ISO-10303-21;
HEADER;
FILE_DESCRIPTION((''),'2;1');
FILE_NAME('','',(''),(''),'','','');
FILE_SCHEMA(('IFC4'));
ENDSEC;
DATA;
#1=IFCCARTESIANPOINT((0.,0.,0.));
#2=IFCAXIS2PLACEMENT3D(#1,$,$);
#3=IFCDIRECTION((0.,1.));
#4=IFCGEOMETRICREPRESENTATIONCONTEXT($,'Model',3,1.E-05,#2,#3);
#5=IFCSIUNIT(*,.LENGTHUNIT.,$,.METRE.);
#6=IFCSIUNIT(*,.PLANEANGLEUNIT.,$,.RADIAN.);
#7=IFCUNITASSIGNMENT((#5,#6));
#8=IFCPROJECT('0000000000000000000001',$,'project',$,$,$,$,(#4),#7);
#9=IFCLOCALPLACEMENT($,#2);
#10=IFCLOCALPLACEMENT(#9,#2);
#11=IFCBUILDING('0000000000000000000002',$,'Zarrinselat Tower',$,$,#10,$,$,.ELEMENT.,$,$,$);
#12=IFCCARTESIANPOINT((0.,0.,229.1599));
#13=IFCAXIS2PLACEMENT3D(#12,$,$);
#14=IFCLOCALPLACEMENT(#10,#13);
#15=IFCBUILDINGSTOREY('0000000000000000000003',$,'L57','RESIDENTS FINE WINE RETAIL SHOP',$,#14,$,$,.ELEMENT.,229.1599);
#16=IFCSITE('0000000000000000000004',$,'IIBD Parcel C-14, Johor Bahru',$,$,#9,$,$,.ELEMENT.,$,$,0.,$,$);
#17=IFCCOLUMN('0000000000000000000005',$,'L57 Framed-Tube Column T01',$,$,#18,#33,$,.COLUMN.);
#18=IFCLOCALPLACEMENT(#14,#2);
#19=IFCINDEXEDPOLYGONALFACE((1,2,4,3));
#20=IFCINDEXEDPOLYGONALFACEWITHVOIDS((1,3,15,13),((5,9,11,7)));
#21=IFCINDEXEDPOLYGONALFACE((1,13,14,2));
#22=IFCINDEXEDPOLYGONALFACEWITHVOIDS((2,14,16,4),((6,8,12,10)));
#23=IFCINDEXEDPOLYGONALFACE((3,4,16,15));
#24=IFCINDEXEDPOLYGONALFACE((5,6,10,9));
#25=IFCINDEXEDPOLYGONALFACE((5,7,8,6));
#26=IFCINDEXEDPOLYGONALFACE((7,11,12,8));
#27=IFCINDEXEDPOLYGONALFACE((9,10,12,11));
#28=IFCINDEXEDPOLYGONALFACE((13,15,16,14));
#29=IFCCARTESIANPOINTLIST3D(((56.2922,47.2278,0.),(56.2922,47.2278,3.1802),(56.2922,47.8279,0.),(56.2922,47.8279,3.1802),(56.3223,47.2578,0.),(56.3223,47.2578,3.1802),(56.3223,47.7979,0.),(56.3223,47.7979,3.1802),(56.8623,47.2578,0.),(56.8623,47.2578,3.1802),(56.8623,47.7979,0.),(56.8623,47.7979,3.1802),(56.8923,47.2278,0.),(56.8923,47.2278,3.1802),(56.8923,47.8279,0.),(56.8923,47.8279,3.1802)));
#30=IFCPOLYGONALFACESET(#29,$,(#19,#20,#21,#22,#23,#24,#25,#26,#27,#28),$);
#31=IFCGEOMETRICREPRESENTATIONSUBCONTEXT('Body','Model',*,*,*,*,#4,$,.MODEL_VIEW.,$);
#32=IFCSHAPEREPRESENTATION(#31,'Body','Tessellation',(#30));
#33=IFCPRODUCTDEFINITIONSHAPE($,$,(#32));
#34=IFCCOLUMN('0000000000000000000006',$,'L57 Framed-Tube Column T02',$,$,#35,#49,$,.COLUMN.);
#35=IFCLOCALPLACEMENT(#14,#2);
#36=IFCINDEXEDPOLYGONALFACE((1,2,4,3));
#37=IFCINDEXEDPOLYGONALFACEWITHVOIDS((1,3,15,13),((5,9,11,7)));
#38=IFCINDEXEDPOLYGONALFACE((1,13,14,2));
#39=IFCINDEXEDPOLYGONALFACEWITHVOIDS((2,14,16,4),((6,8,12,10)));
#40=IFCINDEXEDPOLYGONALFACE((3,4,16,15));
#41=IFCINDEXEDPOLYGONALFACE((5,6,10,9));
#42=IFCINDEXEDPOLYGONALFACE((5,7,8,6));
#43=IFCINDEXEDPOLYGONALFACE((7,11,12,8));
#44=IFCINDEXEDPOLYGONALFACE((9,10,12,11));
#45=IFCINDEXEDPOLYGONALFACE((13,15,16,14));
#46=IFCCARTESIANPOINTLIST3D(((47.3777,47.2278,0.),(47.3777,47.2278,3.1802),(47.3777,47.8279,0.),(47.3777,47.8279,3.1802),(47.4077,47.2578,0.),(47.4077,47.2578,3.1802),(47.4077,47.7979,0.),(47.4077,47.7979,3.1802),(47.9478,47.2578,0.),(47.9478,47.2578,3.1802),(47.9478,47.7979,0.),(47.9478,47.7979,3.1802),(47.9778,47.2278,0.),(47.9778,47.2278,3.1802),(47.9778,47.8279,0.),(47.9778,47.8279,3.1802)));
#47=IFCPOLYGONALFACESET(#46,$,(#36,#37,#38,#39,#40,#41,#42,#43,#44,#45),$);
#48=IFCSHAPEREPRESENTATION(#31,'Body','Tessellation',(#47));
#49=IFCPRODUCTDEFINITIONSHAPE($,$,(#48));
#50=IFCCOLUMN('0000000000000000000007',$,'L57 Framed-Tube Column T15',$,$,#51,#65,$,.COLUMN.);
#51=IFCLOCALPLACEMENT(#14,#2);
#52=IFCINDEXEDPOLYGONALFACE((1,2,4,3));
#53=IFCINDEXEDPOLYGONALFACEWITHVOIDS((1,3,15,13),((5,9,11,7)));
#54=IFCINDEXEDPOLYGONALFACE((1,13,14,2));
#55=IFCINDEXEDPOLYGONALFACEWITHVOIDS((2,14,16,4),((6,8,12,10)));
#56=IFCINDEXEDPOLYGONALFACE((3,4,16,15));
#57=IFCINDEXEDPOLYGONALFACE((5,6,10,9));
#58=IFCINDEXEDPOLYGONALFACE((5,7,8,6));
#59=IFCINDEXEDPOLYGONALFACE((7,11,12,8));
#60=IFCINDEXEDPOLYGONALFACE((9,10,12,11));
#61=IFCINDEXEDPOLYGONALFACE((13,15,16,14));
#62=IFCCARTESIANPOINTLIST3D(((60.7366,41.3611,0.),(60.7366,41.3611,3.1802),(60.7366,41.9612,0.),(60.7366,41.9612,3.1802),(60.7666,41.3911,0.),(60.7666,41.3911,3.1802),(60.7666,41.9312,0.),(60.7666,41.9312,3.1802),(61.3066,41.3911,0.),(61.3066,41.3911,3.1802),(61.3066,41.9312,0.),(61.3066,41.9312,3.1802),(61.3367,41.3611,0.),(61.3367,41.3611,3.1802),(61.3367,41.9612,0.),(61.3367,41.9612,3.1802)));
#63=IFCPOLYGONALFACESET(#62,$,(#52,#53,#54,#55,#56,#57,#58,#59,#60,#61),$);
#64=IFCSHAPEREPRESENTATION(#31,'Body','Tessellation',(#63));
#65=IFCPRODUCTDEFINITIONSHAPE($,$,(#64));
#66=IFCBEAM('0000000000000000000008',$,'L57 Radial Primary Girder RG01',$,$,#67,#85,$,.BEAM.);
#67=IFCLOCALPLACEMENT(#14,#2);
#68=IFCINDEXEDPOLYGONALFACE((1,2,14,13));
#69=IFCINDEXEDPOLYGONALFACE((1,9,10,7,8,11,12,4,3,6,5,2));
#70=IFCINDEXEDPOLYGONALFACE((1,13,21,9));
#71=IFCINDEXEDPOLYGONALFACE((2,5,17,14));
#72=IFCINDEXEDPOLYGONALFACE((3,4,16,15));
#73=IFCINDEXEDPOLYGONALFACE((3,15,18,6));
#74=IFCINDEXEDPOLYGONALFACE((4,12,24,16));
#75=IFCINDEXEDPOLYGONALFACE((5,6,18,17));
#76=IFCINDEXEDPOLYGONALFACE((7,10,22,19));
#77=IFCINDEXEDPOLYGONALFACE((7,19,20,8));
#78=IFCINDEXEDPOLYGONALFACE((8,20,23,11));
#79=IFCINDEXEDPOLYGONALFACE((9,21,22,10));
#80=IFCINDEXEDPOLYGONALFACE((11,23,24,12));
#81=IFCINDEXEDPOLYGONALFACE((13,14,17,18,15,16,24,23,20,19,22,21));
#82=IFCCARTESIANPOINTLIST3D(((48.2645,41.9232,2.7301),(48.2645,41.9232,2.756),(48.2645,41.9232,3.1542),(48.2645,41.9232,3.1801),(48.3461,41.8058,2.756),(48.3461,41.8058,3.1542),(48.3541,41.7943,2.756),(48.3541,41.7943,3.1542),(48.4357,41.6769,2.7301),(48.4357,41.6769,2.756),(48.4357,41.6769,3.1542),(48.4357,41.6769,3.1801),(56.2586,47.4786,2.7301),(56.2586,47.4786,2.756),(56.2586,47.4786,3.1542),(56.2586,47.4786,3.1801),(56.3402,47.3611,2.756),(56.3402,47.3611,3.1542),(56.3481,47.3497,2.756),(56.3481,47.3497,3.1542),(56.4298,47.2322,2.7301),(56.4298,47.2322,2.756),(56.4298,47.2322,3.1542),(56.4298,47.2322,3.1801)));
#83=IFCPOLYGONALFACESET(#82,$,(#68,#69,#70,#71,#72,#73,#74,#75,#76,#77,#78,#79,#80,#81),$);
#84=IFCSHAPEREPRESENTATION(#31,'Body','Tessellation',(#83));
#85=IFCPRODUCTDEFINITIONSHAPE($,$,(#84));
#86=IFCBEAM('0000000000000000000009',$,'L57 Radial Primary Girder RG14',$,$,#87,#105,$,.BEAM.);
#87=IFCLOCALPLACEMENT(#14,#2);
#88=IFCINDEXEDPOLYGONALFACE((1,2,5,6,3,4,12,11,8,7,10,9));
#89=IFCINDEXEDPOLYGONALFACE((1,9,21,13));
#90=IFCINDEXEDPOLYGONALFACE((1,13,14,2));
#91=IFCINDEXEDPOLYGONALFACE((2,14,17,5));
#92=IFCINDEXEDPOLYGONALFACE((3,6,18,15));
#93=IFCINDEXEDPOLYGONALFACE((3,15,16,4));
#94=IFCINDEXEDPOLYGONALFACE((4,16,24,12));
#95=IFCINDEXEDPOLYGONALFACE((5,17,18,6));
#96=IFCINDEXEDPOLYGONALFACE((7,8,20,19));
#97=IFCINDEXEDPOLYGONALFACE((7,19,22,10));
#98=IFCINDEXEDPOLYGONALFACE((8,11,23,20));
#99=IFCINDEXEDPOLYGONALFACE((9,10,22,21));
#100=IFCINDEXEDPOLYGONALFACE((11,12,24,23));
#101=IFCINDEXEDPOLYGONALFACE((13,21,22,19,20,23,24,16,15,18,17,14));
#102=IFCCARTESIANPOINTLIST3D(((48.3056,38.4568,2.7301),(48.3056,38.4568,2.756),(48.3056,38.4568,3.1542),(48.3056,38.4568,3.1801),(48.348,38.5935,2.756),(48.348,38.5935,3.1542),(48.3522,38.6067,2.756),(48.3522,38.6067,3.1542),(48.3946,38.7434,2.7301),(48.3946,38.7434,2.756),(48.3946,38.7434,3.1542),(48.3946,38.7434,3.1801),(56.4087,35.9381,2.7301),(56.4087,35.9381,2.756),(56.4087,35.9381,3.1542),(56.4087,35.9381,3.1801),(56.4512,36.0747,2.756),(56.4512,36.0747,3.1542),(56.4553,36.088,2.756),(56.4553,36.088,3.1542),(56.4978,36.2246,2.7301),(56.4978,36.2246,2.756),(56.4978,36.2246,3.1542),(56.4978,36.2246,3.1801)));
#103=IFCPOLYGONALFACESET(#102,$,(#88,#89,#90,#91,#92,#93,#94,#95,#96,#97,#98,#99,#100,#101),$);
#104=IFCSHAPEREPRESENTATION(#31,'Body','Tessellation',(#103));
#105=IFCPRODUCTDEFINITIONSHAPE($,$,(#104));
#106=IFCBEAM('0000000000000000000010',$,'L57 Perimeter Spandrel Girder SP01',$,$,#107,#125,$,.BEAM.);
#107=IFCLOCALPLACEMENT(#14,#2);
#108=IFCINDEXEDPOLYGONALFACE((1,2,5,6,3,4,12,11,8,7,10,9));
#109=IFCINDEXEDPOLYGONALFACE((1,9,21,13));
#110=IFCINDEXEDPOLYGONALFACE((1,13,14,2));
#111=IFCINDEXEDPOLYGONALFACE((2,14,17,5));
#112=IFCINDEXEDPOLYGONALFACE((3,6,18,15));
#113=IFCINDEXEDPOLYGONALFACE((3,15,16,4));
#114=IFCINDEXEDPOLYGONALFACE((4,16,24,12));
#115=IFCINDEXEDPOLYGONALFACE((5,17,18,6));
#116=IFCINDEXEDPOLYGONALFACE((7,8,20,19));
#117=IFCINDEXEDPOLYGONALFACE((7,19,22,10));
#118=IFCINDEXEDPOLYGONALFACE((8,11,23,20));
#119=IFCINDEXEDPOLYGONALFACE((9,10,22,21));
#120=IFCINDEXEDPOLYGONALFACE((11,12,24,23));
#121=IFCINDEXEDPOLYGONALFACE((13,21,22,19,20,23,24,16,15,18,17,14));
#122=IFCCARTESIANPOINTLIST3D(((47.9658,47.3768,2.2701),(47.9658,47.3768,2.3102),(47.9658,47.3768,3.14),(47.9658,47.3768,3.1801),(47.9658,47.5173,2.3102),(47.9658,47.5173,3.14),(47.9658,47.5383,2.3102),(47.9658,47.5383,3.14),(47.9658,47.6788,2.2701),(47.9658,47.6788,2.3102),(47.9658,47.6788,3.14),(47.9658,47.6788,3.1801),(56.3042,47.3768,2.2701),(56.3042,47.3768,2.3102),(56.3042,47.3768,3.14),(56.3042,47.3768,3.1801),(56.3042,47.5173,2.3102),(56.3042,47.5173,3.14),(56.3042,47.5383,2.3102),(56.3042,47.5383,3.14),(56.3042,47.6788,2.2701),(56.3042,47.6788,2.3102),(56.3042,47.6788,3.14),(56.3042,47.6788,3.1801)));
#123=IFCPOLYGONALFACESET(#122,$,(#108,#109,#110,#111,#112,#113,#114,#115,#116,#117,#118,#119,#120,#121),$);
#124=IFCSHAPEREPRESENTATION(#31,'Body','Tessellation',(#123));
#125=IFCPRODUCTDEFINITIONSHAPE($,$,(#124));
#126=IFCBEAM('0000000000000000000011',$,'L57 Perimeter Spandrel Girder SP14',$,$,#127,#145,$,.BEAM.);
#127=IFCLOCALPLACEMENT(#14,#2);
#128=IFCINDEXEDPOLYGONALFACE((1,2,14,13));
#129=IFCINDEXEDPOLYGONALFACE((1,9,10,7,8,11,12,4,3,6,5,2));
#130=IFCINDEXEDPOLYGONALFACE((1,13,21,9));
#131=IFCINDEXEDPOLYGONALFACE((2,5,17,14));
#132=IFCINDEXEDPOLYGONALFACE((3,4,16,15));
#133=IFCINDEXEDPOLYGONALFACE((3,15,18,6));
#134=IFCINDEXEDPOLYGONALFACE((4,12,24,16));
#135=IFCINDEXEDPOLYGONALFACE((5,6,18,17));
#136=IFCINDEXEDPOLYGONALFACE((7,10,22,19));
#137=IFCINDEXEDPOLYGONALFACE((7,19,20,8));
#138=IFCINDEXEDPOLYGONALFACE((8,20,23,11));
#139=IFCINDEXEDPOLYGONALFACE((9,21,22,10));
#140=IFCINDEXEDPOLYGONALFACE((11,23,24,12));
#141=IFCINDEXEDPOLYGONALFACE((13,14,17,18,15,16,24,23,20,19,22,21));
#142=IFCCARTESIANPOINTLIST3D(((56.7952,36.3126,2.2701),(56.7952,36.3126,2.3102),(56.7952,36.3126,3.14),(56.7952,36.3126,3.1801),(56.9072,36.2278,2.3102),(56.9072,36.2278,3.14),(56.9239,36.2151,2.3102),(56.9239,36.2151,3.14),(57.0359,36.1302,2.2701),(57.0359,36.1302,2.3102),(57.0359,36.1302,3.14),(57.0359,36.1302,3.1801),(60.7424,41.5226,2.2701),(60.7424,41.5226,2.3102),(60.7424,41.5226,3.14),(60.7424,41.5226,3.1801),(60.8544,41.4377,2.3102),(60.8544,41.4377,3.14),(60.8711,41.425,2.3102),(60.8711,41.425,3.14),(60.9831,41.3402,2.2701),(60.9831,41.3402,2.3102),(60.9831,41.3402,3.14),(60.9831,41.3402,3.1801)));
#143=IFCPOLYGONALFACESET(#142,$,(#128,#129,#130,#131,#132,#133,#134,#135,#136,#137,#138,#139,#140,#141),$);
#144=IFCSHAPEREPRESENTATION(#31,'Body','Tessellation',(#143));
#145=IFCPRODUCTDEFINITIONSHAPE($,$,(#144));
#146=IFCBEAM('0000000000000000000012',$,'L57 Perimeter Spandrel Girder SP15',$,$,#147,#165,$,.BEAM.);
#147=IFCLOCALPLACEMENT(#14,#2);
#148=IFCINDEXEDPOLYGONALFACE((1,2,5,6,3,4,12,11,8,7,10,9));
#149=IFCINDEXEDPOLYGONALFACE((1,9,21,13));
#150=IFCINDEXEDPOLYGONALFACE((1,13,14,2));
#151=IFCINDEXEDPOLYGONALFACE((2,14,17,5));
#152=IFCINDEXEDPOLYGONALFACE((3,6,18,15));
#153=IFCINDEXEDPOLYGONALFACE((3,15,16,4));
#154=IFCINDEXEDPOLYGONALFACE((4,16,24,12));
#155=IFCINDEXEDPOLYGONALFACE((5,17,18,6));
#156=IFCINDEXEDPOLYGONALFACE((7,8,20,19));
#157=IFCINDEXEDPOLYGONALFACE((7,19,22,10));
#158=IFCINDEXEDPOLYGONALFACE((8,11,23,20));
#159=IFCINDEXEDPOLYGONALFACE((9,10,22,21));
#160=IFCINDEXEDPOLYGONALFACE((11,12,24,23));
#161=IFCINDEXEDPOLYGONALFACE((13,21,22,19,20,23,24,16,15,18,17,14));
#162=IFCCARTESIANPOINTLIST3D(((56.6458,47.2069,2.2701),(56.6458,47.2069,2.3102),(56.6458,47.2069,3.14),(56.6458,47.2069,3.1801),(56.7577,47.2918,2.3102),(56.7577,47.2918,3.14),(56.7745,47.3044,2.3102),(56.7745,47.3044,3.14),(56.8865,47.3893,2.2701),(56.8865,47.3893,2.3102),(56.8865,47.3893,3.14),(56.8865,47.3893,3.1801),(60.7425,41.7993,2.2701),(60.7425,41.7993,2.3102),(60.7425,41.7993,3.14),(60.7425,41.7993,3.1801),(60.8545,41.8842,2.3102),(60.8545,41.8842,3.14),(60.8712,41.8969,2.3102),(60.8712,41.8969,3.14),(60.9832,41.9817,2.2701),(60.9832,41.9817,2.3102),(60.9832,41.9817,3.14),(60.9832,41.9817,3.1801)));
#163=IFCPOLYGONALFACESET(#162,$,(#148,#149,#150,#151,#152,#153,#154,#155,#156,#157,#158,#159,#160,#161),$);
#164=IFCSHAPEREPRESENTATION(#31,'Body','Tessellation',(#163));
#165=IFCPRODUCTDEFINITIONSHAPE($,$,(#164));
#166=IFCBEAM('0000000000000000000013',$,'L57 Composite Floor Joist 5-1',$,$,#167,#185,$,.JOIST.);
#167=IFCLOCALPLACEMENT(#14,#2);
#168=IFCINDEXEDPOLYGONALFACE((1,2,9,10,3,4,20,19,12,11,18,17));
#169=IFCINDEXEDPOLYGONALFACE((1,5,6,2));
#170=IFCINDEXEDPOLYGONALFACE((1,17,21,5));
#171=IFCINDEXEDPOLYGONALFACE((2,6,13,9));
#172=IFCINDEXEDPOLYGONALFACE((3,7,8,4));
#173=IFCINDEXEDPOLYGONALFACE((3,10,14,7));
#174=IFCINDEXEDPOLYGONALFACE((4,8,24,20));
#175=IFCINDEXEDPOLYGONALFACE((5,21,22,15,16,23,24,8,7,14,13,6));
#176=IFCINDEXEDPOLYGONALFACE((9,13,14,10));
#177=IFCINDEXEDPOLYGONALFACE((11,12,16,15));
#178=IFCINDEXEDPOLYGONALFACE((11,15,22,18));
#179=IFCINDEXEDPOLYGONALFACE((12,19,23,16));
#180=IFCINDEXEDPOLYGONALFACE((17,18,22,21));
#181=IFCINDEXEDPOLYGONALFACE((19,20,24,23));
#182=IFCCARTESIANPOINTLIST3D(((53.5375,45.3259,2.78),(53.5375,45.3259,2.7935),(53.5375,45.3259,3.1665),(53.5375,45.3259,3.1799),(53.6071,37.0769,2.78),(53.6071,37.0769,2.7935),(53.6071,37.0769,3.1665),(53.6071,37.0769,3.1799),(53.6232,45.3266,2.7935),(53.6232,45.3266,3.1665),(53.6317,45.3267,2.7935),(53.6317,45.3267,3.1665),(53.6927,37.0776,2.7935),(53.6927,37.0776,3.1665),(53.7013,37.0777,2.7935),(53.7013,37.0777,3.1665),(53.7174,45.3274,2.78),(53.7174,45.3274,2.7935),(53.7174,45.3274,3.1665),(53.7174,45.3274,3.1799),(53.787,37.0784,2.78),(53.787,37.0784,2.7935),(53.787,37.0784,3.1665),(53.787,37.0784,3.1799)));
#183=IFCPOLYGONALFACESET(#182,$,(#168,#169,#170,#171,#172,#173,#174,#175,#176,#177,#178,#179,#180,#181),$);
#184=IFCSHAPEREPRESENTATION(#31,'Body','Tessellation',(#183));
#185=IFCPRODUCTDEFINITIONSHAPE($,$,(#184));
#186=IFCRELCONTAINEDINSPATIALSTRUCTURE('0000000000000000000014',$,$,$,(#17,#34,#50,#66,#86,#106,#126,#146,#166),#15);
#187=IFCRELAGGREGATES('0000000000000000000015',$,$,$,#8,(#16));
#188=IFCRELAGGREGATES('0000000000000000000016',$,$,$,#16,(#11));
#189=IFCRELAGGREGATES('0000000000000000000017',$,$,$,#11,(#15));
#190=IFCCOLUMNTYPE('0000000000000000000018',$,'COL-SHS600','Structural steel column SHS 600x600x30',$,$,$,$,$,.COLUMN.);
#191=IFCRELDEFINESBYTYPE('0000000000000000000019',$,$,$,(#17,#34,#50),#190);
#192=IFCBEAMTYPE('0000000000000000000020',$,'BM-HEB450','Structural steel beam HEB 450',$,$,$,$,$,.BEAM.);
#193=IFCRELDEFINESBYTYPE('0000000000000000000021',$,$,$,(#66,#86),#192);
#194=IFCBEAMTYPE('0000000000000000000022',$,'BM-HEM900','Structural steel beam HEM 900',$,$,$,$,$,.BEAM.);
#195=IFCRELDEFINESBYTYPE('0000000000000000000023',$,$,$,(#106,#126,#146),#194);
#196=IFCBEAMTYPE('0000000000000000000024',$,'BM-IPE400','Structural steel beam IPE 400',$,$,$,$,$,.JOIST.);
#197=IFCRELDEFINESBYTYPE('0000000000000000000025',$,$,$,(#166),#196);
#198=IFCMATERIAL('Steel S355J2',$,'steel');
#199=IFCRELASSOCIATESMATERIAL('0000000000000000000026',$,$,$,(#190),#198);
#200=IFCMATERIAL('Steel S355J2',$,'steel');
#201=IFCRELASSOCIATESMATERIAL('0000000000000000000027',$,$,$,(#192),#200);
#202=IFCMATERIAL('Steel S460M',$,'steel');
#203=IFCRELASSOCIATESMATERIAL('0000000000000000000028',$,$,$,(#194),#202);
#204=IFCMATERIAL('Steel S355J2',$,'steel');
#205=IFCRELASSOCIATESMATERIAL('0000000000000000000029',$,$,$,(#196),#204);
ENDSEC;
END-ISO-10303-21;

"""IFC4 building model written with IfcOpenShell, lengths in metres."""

from ifc_helpers import new_model, si_unit, direction, frame, origin, origin_2d, place, context, subcontext, project, spatial, hollow_rectangle, i_section, extrude, material, material_profile, profile_set, type_object, element, save


model = new_model("IFC4")

# Units and contexts
model_context = context("Model", 3, precision=1e-05, world=origin(), true_north=direction((0.0, 1.0)))
body_context = subcontext(model_context, "Body", "Model", "MODEL_VIEW")
ifc_project = project(units=[si_unit("LENGTHUNIT", "METRE"), si_unit("PLANEANGLEUNIT", "RADIAN")], contexts=[model_context])

# Site, building, storey
site_placement = place(None, origin())
site = spatial("IfcSite", under=ifc_project, at=site_placement, Name="IIBD Parcel C-14, Johor Bahru", CompositionType="ELEMENT", RefElevation=0.0)
building_placement = place(site_placement, origin())
building = spatial("IfcBuilding", under=site, at=building_placement, Name="Zarrinselat Tower", CompositionType="ELEMENT")
storey_placement = place(building_placement, frame((0.0, 0.0, 229.1599)))
storey = spatial("IfcBuildingStorey", under=building, at=storey_placement, Name="L57", Description="RESIDENTS FINE WINE RETAIL SHOP", CompositionType="ELEMENT", Elevation=229.1599)

# Columns
ifc_material_1 = material(Name="Steel S355J2", Category="steel")
ifc_material_profile_1 = material_profile(ifc_material_1, hollow_rectangle(XDim=0.6001, YDim=0.6001, WallThickness=0.03, at=origin_2d()), Name="SHS 600x600x30")
ifc_profile_set_1 = profile_set([ifc_material_profile_1], Name="Steel S355J2")
column_type = type_object("IfcColumnType", Name="COL-SHS600", Description="Structural steel column SHS 600x600x30", PredefinedType="COLUMN", material=ifc_profile_set_1)
for number, where, z_axis, x_axis, name in (
    (1, (56.5923, 47.5278, 0.0), (0.0, 0.0, 1.0), (1.0, 0.0, 0.0), "L57 Framed-Tube Column T01"),
    (2, (47.6777, 47.5278, 0.0), (0.0, 0.0, 1.0), (1.0, 0.0, 0.0), "L57 Framed-Tube Column T02"),
    (3, (61.0366, 41.6611, 0.0), (0.0, 0.0, 1.0), (1.0, 0.0, 0.0), "L57 Framed-Tube Column T15"),
):
    element("IfcColumn", number, at=place(storey_placement, frame(where, z_axis=z_axis, x_axis=x_axis)), inside=storey, type_object=column_type, Name=name, PredefinedType="COLUMN", context=body_context, shape_type="SweptSolid", body=[
        extrude(hollow_rectangle(XDim=0.6001, YDim=0.6001, WallThickness=0.03, at=origin_2d()), origin(), (0.0, 0.0, 1.0), 3.1802),
    ])

# Beams
ifc_material_2 = material(Name="Steel S355J2", Category="steel")
ifc_material_profile_2 = material_profile(ifc_material_2, i_section(OverallWidth=0.3, OverallDepth=0.45, WebThickness=0.0139, FlangeThickness=0.0259, at=origin_2d()), Name="HEB 450")
ifc_profile_set_2 = profile_set([ifc_material_profile_2], Name="Steel S355J2")
beam_type_1 = type_object("IfcBeamType", Name="BM-HEB450", Description="Structural steel beam HEB 450", PredefinedType="BEAM", material=ifc_profile_set_2)
beam_1_placement = place(storey_placement, frame((48.3501, 41.8, 2.9551), z_axis=(0.821181, 0.570668, 0.0), x_axis=(-0.570668, 0.821181, 0.0)))
element("IfcBeam", 4, at=beam_1_placement, inside=storey, type_object=beam_type_1, Name="L57 Radial Primary Girder RG01", PredefinedType="BEAM", context=body_context, shape_type="SweptSolid", body=[
    extrude(i_section(OverallWidth=0.3, OverallDepth=0.45, WebThickness=0.0139, FlangeThickness=0.0259, at=origin_2d()), origin(), (0.0, 0.0, 1.0), 9.7349),
])
beam_2_placement = place(storey_placement, frame((48.3501, 38.6001, 2.9551), z_axis=(0.954931, -0.296828, 0.0), x_axis=(0.296828, 0.954931, 0.0)))
element("IfcBeam", 5, at=beam_2_placement, inside=storey, type_object=beam_type_1, Name="L57 Radial Primary Girder RG14", PredefinedType="BEAM", context=body_context, shape_type="SweptSolid", body=[
    extrude(i_section(OverallWidth=0.3, OverallDepth=0.45, WebThickness=0.0139, FlangeThickness=0.0259, at=origin_2d()), origin(), (0.0, 0.0, 1.0), 8.4856),
])
ifc_material_3 = material(Name="Steel S460M", Category="steel")
ifc_material_profile_3 = material_profile(ifc_material_3, i_section(OverallWidth=0.302, OverallDepth=0.9099, WebThickness=0.021, FlangeThickness=0.04, at=origin_2d()), Name="HEM 900")
ifc_profile_set_3 = profile_set([ifc_material_profile_3], Name="Steel S460M")
beam_type_2 = type_object("IfcBeamType", Name="BM-HEM900", Description="Structural steel beam HEM 900", PredefinedType="BEAM", material=ifc_profile_set_3)
beam_3_placement = place(storey_placement, frame((47.9658, 47.5278, 2.7251), z_axis=(1.0, 0.0, 0.0), x_axis=(0.0, 1.0, 0.0)))
element("IfcBeam", 6, at=beam_3_placement, inside=storey, type_object=beam_type_2, Name="L57 Perimeter Spandrel Girder SP01", PredefinedType="BEAM", context=body_context, shape_type="SweptSolid", body=[
    extrude(i_section(OverallWidth=0.302, OverallDepth=0.9099, WebThickness=0.021, FlangeThickness=0.04, at=origin_2d()), origin(), (0.0, 0.0, 1.0), 8.3384),
])
beam_4_placement = place(storey_placement, frame((56.9155, 36.2214, 2.7251), z_axis=(0.603889, 0.797068, 0.0), x_axis=(-0.797068, 0.603889, 0.0)))
element("IfcBeam", 7, at=beam_4_placement, inside=storey, type_object=beam_type_2, Name="L57 Perimeter Spandrel Girder SP14", PredefinedType="BEAM", context=body_context, shape_type="SweptSolid", body=[
    extrude(i_section(OverallWidth=0.302, OverallDepth=0.9099, WebThickness=0.021, FlangeThickness=0.04, at=origin_2d()), origin(), (0.0, 0.0, 1.0), 6.5364),
])
beam_5_placement = place(storey_placement, frame((56.7661, 47.2981, 2.7251), z_axis=(0.603868, -0.797084, 0.0), x_axis=(0.797084, 0.603868, 0.0)))
element("IfcBeam", 8, at=beam_5_placement, inside=storey, type_object=beam_type_2, Name="L57 Perimeter Spandrel Girder SP15", PredefinedType="BEAM", context=body_context, shape_type="SweptSolid", body=[
    extrude(i_section(OverallWidth=0.302, OverallDepth=0.9099, WebThickness=0.021, FlangeThickness=0.04, at=origin_2d()), origin(), (0.0, 0.0, 1.0), 6.7842),
])
ifc_material_4 = material(Name="Steel S355J2", Category="steel")
ifc_material_profile_4 = material_profile(ifc_material_4, i_section(OverallWidth=0.1799, OverallDepth=0.3999, WebThickness=0.0085, FlangeThickness=0.0134, at=origin_2d()), Name="IPE 400")
ifc_profile_set_4 = profile_set([ifc_material_profile_4], Name="Steel S355J2")
beam_type_3 = type_object("IfcBeamType", Name="BM-IPE400", Description="Structural steel beam IPE 400", PredefinedType="JOIST", material=ifc_profile_set_4)
beam_6_placement = place(storey_placement, frame((53.6274, 45.3267, 2.98), z_axis=(0.008435, -0.999964, 0.0), x_axis=(0.999964, 0.008435, 0.0)))
element("IfcBeam", 9, at=beam_6_placement, inside=storey, type_object=beam_type_3, Name="L57 Composite Floor Joist 5-1", PredefinedType="JOIST", context=body_context, shape_type="SweptSolid", body=[
    extrude(i_section(OverallWidth=0.1799, OverallDepth=0.3999, WebThickness=0.0085, FlangeThickness=0.0134, at=origin_2d()), origin(), (0.0, 0.0, 1.0), 8.2493),
])

save(model, "model.ifc")
